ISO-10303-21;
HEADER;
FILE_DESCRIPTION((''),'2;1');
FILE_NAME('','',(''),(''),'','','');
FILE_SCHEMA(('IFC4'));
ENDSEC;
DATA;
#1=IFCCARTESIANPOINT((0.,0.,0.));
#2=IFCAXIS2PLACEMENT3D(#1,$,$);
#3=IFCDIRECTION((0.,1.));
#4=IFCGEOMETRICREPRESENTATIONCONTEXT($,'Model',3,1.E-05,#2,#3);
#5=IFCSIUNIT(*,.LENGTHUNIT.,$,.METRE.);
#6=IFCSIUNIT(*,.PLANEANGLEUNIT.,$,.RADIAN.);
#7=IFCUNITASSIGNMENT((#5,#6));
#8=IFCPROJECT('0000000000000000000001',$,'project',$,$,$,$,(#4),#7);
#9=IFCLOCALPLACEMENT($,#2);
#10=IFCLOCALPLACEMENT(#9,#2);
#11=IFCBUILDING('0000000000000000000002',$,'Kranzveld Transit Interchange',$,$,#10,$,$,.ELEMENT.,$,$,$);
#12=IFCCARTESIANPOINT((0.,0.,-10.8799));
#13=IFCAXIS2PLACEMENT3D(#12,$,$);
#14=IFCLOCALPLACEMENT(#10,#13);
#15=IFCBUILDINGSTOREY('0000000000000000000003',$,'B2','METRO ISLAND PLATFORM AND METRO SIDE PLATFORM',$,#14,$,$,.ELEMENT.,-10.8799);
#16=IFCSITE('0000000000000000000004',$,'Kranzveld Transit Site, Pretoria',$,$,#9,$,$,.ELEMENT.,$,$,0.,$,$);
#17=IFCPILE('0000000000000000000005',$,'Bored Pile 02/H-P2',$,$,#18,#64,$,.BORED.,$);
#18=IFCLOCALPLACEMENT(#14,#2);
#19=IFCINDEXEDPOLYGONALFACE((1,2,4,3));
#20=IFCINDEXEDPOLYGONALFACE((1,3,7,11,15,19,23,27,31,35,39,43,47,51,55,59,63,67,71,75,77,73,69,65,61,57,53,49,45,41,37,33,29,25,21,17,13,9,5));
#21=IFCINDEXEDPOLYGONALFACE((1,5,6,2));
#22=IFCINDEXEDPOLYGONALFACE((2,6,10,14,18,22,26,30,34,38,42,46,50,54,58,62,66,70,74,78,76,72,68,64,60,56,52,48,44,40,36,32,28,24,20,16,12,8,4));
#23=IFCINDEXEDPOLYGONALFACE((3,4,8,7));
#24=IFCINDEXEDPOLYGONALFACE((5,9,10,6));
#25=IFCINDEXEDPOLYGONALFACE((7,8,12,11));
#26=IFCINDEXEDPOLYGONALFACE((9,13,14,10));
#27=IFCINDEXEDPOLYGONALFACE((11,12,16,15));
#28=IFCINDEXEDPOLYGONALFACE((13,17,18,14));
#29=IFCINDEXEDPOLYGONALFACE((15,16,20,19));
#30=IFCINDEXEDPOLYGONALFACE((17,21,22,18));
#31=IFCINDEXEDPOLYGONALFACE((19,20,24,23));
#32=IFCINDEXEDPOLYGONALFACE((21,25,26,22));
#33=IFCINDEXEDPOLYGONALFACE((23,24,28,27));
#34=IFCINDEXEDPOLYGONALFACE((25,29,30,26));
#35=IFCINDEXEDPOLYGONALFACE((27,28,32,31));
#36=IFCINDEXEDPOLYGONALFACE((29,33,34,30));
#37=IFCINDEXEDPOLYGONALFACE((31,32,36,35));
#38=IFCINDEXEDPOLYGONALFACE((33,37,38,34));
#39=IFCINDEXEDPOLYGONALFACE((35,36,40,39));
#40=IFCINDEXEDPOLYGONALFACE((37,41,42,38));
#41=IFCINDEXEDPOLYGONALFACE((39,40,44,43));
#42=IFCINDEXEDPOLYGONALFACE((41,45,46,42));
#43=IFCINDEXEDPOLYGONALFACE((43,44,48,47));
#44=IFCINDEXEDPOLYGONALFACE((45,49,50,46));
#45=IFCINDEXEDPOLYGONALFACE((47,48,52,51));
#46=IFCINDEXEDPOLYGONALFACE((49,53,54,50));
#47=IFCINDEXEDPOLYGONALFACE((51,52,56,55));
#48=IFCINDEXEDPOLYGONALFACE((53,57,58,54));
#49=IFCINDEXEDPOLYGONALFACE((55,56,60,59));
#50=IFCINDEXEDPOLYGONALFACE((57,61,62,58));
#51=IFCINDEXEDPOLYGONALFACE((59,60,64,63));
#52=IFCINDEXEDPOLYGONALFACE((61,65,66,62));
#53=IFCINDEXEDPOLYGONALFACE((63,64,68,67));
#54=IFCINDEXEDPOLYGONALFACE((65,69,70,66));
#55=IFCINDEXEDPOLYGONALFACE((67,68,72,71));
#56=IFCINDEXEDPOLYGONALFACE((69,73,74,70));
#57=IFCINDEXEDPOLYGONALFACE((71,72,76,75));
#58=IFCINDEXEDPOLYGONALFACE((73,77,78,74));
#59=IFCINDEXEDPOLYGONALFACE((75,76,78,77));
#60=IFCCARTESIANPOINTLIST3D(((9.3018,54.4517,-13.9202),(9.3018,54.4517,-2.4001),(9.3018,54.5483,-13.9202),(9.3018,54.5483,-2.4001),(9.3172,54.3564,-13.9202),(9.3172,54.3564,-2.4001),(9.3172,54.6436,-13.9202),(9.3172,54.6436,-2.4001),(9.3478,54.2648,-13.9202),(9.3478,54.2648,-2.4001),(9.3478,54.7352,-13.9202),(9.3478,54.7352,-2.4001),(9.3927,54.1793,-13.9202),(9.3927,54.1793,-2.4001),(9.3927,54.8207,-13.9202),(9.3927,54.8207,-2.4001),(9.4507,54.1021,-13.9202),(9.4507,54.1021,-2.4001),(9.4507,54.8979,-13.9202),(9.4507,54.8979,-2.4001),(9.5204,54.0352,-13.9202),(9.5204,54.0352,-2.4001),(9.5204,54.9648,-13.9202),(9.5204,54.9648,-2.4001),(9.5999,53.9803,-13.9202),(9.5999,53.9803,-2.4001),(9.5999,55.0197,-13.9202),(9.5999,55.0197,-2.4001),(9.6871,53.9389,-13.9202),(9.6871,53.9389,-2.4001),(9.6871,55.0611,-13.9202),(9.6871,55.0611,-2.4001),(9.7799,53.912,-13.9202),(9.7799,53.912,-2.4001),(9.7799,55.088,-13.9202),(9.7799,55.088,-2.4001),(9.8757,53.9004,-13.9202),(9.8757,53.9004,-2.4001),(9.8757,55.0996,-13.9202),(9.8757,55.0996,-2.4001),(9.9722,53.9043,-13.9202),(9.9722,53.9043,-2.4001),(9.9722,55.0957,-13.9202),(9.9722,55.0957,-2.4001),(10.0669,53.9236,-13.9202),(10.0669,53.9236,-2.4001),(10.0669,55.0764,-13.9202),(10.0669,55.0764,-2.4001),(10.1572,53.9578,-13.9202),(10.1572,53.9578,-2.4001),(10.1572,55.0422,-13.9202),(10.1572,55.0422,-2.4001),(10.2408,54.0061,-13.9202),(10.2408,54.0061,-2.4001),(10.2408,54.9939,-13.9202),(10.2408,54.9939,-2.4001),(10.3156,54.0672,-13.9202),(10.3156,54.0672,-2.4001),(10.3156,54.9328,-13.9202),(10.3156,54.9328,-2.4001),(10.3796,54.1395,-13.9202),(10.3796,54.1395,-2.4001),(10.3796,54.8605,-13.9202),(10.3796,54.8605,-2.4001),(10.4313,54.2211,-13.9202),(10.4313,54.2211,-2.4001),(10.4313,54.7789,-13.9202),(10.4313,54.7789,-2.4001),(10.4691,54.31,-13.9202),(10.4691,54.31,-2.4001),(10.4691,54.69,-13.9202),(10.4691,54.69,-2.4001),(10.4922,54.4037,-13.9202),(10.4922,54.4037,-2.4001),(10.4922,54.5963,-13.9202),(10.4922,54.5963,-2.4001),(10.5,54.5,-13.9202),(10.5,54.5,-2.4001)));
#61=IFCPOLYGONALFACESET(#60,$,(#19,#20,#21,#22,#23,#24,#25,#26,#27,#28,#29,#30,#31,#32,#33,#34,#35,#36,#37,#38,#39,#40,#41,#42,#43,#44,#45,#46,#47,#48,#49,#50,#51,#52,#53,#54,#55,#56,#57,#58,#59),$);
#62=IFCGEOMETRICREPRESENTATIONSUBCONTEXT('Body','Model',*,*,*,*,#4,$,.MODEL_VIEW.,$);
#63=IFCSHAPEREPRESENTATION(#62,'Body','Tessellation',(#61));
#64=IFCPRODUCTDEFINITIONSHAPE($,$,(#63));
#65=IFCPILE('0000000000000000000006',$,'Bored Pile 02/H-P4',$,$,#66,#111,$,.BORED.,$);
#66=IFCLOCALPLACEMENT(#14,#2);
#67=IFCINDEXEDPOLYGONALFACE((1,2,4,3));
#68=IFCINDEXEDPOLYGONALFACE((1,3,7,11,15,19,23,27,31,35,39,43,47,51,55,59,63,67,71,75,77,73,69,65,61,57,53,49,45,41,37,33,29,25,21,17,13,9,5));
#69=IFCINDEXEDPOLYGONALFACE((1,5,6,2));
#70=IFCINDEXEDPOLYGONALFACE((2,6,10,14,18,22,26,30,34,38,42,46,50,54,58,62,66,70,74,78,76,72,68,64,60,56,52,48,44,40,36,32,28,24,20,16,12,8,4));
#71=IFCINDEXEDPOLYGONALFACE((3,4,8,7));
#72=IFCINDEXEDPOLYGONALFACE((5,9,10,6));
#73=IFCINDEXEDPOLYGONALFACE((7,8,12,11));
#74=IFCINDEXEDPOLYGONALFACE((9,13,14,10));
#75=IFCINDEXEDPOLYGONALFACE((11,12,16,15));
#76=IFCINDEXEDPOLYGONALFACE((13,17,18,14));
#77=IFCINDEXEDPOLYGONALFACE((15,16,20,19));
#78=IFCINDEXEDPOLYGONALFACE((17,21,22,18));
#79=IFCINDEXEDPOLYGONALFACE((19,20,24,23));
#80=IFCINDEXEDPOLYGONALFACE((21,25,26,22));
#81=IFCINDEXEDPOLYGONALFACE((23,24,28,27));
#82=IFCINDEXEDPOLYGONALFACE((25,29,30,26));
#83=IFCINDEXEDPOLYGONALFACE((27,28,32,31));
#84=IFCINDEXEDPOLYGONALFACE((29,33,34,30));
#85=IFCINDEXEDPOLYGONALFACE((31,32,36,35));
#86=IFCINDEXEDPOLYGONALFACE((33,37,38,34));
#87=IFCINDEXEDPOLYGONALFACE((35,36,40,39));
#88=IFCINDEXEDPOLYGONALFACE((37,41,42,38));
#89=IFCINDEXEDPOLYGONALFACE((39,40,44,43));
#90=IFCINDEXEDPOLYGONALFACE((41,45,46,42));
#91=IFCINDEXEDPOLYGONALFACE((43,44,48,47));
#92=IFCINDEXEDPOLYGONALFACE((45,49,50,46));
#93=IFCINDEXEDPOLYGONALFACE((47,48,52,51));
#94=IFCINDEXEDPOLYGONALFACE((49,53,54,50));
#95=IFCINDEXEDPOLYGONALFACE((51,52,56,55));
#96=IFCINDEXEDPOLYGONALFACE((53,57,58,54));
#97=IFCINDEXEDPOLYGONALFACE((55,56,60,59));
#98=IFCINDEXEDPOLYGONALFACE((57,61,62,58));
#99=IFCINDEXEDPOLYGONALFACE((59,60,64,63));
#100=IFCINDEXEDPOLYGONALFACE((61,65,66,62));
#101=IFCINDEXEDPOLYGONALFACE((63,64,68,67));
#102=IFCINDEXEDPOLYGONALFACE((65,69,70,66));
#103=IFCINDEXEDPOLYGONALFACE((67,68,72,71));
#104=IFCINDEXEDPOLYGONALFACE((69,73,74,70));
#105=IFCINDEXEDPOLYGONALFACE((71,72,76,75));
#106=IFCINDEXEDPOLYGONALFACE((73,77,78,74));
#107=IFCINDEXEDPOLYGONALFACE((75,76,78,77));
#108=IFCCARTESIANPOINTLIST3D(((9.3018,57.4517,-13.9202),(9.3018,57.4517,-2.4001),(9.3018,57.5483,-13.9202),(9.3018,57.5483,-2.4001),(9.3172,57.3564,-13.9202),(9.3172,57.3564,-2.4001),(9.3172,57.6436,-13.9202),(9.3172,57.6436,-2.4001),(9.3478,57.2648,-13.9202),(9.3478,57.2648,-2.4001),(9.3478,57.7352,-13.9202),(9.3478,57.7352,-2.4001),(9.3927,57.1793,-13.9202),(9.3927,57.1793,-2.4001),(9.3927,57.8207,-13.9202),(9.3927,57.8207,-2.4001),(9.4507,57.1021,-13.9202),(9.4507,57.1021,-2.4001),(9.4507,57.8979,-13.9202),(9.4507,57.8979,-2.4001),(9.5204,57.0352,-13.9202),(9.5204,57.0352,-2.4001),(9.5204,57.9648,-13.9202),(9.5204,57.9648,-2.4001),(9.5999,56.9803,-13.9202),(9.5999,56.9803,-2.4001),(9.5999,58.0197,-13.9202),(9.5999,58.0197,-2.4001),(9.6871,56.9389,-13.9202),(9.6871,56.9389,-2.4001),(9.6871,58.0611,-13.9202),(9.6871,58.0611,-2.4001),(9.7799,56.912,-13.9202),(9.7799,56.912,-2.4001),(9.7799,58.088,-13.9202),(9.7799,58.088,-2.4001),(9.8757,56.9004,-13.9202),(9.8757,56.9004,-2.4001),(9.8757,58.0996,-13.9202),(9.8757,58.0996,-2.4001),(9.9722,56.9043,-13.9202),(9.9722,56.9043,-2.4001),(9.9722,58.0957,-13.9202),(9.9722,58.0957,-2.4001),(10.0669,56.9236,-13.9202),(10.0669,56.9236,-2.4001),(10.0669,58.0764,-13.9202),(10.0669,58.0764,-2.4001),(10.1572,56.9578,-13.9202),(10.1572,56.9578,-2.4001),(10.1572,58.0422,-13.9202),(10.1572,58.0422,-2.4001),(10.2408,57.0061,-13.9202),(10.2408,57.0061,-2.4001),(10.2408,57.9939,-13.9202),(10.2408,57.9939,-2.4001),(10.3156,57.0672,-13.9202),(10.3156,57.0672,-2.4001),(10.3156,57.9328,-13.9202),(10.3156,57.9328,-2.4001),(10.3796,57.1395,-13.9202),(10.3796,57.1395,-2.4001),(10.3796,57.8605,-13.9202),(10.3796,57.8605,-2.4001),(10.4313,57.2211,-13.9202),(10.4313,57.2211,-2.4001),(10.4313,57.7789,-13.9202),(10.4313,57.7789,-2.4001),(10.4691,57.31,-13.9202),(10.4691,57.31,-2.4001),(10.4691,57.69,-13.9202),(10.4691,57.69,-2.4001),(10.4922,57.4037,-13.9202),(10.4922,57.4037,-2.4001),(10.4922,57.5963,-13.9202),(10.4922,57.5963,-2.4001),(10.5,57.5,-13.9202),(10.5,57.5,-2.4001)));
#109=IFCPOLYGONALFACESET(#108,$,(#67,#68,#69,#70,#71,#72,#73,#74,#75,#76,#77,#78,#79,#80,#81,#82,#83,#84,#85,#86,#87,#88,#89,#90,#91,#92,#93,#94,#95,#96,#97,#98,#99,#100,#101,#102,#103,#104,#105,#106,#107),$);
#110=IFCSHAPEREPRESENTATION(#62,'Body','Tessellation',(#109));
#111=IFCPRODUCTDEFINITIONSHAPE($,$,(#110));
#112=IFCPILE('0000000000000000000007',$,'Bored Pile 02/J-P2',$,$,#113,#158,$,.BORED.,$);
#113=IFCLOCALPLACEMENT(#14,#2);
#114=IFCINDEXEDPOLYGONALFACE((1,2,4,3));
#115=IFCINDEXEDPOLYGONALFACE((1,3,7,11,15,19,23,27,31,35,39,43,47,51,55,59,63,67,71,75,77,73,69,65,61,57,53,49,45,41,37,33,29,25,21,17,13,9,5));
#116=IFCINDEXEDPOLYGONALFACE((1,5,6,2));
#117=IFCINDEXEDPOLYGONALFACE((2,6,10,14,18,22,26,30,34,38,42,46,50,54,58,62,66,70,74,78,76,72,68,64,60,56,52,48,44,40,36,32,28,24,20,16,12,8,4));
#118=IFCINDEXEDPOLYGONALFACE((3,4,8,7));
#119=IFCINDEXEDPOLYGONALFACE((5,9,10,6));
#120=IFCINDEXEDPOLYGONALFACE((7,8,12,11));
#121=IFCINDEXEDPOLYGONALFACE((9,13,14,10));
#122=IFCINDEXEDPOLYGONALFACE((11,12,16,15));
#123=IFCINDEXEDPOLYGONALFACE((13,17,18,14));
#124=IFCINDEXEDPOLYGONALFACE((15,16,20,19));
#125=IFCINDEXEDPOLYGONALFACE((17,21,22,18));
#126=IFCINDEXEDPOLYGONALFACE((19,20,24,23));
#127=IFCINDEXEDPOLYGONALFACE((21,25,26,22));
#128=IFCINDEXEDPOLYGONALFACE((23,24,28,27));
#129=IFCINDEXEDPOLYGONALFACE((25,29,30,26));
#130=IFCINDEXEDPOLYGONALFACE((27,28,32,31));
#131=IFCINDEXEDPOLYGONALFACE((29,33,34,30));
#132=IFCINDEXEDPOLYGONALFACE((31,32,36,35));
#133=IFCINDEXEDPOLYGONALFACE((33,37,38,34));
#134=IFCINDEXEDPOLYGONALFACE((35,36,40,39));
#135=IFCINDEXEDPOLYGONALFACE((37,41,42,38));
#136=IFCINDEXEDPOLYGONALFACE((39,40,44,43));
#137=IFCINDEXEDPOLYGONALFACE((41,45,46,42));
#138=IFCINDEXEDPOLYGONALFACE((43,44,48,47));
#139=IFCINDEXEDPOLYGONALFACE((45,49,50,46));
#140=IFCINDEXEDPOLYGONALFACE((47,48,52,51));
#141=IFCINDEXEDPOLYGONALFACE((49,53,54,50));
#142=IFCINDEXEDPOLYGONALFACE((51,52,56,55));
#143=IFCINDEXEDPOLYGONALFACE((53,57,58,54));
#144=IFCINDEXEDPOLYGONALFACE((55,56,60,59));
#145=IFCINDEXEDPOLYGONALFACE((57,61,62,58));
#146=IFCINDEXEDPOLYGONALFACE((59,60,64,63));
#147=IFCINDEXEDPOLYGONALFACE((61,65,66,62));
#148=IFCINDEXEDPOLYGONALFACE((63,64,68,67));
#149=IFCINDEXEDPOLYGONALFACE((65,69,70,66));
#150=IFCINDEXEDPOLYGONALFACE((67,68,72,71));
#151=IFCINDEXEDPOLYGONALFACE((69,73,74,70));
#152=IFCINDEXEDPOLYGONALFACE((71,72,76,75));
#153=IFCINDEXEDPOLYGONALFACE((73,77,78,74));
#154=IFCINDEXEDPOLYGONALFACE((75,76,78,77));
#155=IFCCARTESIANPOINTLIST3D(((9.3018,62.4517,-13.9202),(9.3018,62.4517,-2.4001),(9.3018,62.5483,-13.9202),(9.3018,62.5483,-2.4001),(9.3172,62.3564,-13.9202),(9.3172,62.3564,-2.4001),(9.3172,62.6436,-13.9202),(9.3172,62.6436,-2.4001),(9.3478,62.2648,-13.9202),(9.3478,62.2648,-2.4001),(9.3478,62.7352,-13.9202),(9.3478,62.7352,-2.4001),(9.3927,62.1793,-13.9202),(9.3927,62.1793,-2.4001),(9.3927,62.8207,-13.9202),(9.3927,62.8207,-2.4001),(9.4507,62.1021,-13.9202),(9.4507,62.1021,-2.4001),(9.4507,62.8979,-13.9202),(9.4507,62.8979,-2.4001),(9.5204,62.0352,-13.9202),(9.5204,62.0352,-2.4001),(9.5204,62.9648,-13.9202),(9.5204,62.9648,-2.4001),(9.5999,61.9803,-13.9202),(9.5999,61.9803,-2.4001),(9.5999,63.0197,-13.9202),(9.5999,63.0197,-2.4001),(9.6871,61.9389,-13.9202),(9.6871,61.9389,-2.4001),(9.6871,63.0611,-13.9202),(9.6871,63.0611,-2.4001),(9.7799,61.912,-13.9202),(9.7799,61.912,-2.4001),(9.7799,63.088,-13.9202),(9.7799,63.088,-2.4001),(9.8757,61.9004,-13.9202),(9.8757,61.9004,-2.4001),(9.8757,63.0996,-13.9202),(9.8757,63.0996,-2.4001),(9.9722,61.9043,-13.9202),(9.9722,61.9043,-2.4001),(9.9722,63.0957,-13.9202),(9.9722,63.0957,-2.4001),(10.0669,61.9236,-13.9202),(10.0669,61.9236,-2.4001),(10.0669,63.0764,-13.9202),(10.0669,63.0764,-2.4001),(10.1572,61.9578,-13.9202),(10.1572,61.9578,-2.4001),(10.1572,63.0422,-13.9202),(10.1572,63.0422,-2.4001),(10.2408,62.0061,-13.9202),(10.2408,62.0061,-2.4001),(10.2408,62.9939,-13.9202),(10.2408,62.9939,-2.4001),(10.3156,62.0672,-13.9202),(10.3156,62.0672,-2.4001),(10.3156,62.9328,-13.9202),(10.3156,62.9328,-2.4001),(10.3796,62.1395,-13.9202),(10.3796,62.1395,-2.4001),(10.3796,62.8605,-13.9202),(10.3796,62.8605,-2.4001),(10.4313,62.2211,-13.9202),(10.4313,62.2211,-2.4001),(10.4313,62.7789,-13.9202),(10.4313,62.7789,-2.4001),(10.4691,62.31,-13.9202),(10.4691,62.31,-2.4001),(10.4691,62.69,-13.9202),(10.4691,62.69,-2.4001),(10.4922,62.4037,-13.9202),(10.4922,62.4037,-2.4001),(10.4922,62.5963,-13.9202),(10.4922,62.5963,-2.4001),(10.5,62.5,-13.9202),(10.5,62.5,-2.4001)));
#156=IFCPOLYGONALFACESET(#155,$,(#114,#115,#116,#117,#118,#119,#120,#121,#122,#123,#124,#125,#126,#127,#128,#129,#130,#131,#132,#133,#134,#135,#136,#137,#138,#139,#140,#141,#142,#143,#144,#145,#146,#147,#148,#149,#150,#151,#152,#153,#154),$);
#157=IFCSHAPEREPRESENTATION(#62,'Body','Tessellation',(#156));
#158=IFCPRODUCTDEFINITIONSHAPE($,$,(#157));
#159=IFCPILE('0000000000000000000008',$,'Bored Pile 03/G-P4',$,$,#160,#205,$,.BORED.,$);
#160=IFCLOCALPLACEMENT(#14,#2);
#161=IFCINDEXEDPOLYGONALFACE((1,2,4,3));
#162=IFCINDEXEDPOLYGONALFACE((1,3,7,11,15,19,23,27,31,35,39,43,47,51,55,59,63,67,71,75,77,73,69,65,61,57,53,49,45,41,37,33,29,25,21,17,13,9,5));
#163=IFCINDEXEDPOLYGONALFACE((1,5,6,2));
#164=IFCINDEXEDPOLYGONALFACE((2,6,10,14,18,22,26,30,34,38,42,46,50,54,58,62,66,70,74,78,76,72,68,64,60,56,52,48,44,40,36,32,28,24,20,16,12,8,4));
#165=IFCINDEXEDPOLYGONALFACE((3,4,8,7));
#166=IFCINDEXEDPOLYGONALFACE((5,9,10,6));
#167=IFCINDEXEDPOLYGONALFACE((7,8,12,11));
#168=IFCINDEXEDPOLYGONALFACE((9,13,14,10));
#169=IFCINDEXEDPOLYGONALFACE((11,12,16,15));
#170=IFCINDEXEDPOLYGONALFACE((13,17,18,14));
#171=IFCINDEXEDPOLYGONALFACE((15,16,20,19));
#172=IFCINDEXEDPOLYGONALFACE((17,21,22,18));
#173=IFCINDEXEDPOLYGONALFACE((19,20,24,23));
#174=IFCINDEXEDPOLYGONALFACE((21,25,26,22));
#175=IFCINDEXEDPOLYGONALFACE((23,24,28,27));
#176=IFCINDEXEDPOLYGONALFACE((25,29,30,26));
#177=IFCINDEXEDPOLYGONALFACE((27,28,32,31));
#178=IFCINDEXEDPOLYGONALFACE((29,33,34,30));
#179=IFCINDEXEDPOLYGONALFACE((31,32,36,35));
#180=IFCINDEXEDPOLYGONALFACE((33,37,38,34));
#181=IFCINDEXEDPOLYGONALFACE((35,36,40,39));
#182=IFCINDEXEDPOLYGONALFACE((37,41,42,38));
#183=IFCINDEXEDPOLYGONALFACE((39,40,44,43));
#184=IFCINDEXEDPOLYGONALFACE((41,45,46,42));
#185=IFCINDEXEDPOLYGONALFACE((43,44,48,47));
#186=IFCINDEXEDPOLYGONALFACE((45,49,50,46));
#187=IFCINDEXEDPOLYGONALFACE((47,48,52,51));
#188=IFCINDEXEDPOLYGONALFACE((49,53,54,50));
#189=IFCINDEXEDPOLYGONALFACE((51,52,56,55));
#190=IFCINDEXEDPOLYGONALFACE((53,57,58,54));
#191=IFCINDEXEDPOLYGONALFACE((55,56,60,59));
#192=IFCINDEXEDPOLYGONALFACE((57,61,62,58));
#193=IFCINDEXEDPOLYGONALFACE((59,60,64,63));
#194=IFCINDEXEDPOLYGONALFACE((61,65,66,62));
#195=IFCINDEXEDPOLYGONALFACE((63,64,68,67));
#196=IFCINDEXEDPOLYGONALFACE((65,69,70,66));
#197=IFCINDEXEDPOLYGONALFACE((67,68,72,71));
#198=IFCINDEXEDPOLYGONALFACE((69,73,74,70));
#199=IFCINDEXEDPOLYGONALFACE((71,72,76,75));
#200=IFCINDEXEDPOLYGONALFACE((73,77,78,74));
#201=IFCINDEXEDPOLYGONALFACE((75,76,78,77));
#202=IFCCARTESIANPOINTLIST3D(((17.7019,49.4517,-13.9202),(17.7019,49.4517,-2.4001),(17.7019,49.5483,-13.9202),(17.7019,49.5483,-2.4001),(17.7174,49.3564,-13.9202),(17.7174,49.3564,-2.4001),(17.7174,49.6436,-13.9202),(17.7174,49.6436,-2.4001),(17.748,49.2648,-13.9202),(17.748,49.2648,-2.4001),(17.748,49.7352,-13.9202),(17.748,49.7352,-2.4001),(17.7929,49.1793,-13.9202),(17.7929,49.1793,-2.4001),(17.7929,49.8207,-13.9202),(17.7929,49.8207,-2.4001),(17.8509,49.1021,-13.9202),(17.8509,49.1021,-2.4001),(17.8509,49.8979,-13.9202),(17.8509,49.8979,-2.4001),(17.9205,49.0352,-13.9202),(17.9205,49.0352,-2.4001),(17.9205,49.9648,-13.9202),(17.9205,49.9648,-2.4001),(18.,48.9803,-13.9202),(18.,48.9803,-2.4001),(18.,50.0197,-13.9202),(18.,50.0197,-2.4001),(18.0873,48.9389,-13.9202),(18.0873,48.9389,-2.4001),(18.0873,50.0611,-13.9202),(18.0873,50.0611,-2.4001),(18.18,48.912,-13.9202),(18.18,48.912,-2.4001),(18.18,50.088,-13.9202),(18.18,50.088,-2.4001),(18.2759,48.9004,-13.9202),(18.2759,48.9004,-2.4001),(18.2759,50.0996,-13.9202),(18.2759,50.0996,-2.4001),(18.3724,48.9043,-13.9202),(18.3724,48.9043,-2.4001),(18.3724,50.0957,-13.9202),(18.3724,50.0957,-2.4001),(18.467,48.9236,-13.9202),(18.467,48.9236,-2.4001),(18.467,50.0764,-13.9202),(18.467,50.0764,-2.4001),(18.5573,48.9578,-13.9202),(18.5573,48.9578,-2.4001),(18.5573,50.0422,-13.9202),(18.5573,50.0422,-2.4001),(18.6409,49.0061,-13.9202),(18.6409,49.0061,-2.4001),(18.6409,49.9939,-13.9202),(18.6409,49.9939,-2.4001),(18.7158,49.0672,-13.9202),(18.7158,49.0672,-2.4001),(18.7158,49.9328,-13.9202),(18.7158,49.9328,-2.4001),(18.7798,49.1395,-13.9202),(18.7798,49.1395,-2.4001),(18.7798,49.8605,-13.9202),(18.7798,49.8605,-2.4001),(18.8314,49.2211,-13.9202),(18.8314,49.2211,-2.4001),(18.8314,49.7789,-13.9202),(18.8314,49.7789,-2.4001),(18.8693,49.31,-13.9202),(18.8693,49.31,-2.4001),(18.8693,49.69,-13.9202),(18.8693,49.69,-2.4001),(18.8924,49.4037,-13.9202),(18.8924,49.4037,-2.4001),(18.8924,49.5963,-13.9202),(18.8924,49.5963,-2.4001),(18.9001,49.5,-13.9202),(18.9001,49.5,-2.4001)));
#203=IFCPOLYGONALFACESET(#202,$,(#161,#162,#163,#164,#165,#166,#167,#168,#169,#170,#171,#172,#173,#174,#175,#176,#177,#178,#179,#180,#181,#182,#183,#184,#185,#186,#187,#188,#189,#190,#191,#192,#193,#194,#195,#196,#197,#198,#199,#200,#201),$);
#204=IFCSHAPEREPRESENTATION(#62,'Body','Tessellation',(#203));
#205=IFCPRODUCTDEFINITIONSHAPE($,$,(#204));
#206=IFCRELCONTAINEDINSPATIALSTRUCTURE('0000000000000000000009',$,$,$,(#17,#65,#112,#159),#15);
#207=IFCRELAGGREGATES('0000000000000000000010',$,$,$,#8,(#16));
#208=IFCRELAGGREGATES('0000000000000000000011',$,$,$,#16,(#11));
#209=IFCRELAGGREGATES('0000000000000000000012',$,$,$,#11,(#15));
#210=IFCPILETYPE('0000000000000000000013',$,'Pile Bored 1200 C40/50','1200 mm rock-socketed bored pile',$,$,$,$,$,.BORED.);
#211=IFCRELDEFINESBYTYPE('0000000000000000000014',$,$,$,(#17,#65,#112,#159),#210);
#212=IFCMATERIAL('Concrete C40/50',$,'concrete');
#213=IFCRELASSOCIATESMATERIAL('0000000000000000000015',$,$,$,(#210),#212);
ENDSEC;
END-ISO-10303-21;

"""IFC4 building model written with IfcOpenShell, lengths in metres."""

from ifc_helpers import new_model, si_unit, direction, frame, origin, origin_2d, place, context, subcontext, project, spatial, circle, extrude, material, material_profile, profile_set, type_object, element, save


model = new_model("IFC4")

# Units and contexts
model_context = context("Model", 3, precision=1e-05, world=origin(), true_north=direction((0.0, 1.0)))
body_context = subcontext(model_context, "Body", "Model", "MODEL_VIEW")
ifc_project = project(units=[si_unit("LENGTHUNIT", "METRE"), si_unit("PLANEANGLEUNIT", "RADIAN")], contexts=[model_context])

# Site, building, storey
site_placement = place(None, origin())
site = spatial("IfcSite", under=ifc_project, at=site_placement, Name="Kranzveld Transit Site, Pretoria", CompositionType="ELEMENT", RefElevation=0.0)
building_placement = place(site_placement, origin())
building = spatial("IfcBuilding", under=site, at=building_placement, Name="Kranzveld Transit Interchange", CompositionType="ELEMENT")
storey_placement = place(building_placement, frame((0.0, 0.0, -10.8799)))
storey = spatial("IfcBuildingStorey", under=building, at=storey_placement, Name="B2", Description="METRO ISLAND PLATFORM AND METRO SIDE PLATFORM", CompositionType="ELEMENT", Elevation=-10.8799)

# Piles
ifc_material_1 = material(Name="Concrete C40/50", Category="concrete")
ifc_material_profile_1 = material_profile(ifc_material_1, circle(Radius=0.6001, at=origin_2d()), Name="BORED PILE 1200")
ifc_profile_set_1 = profile_set([ifc_material_profile_1], Name="Concrete C40/50")
pile_type = type_object("IfcPileType", Name="Pile Bored 1200 C40/50", Description="1200 mm rock-socketed bored pile", PredefinedType="BORED", material=ifc_profile_set_1)
for number, where, z_axis, x_axis, name in (
    (1, (9.8999, 54.5, -2.4001), (0.0, 0.0, -1.0), (1.0, 0.0, 0.0), "Bored Pile 02/H-P2"),
    (2, (9.8999, 57.5, -2.4001), (0.0, 0.0, -1.0), (1.0, 0.0, 0.0), "Bored Pile 02/H-P4"),
    (3, (9.8999, 62.5, -2.4001), (0.0, 0.0, -1.0), (1.0, 0.0, 0.0), "Bored Pile 02/J-P2"),
    (4, (18.3, 49.5, -2.4001), (0.0, 0.0, -1.0), (1.0, 0.0, 0.0), "Bored Pile 03/G-P4"),
):
    element("IfcPile", number, at=place(storey_placement, frame(where, z_axis=z_axis, x_axis=x_axis)), inside=storey, type_object=pile_type, Name=name, PredefinedType="BORED", context=body_context, shape_type="SweptSolid", body=[
        extrude(circle(Radius=0.6001, at=origin_2d()), origin(), (0.0, 0.0, 1.0), 11.52),
    ])

save(model, "model.ifc")
